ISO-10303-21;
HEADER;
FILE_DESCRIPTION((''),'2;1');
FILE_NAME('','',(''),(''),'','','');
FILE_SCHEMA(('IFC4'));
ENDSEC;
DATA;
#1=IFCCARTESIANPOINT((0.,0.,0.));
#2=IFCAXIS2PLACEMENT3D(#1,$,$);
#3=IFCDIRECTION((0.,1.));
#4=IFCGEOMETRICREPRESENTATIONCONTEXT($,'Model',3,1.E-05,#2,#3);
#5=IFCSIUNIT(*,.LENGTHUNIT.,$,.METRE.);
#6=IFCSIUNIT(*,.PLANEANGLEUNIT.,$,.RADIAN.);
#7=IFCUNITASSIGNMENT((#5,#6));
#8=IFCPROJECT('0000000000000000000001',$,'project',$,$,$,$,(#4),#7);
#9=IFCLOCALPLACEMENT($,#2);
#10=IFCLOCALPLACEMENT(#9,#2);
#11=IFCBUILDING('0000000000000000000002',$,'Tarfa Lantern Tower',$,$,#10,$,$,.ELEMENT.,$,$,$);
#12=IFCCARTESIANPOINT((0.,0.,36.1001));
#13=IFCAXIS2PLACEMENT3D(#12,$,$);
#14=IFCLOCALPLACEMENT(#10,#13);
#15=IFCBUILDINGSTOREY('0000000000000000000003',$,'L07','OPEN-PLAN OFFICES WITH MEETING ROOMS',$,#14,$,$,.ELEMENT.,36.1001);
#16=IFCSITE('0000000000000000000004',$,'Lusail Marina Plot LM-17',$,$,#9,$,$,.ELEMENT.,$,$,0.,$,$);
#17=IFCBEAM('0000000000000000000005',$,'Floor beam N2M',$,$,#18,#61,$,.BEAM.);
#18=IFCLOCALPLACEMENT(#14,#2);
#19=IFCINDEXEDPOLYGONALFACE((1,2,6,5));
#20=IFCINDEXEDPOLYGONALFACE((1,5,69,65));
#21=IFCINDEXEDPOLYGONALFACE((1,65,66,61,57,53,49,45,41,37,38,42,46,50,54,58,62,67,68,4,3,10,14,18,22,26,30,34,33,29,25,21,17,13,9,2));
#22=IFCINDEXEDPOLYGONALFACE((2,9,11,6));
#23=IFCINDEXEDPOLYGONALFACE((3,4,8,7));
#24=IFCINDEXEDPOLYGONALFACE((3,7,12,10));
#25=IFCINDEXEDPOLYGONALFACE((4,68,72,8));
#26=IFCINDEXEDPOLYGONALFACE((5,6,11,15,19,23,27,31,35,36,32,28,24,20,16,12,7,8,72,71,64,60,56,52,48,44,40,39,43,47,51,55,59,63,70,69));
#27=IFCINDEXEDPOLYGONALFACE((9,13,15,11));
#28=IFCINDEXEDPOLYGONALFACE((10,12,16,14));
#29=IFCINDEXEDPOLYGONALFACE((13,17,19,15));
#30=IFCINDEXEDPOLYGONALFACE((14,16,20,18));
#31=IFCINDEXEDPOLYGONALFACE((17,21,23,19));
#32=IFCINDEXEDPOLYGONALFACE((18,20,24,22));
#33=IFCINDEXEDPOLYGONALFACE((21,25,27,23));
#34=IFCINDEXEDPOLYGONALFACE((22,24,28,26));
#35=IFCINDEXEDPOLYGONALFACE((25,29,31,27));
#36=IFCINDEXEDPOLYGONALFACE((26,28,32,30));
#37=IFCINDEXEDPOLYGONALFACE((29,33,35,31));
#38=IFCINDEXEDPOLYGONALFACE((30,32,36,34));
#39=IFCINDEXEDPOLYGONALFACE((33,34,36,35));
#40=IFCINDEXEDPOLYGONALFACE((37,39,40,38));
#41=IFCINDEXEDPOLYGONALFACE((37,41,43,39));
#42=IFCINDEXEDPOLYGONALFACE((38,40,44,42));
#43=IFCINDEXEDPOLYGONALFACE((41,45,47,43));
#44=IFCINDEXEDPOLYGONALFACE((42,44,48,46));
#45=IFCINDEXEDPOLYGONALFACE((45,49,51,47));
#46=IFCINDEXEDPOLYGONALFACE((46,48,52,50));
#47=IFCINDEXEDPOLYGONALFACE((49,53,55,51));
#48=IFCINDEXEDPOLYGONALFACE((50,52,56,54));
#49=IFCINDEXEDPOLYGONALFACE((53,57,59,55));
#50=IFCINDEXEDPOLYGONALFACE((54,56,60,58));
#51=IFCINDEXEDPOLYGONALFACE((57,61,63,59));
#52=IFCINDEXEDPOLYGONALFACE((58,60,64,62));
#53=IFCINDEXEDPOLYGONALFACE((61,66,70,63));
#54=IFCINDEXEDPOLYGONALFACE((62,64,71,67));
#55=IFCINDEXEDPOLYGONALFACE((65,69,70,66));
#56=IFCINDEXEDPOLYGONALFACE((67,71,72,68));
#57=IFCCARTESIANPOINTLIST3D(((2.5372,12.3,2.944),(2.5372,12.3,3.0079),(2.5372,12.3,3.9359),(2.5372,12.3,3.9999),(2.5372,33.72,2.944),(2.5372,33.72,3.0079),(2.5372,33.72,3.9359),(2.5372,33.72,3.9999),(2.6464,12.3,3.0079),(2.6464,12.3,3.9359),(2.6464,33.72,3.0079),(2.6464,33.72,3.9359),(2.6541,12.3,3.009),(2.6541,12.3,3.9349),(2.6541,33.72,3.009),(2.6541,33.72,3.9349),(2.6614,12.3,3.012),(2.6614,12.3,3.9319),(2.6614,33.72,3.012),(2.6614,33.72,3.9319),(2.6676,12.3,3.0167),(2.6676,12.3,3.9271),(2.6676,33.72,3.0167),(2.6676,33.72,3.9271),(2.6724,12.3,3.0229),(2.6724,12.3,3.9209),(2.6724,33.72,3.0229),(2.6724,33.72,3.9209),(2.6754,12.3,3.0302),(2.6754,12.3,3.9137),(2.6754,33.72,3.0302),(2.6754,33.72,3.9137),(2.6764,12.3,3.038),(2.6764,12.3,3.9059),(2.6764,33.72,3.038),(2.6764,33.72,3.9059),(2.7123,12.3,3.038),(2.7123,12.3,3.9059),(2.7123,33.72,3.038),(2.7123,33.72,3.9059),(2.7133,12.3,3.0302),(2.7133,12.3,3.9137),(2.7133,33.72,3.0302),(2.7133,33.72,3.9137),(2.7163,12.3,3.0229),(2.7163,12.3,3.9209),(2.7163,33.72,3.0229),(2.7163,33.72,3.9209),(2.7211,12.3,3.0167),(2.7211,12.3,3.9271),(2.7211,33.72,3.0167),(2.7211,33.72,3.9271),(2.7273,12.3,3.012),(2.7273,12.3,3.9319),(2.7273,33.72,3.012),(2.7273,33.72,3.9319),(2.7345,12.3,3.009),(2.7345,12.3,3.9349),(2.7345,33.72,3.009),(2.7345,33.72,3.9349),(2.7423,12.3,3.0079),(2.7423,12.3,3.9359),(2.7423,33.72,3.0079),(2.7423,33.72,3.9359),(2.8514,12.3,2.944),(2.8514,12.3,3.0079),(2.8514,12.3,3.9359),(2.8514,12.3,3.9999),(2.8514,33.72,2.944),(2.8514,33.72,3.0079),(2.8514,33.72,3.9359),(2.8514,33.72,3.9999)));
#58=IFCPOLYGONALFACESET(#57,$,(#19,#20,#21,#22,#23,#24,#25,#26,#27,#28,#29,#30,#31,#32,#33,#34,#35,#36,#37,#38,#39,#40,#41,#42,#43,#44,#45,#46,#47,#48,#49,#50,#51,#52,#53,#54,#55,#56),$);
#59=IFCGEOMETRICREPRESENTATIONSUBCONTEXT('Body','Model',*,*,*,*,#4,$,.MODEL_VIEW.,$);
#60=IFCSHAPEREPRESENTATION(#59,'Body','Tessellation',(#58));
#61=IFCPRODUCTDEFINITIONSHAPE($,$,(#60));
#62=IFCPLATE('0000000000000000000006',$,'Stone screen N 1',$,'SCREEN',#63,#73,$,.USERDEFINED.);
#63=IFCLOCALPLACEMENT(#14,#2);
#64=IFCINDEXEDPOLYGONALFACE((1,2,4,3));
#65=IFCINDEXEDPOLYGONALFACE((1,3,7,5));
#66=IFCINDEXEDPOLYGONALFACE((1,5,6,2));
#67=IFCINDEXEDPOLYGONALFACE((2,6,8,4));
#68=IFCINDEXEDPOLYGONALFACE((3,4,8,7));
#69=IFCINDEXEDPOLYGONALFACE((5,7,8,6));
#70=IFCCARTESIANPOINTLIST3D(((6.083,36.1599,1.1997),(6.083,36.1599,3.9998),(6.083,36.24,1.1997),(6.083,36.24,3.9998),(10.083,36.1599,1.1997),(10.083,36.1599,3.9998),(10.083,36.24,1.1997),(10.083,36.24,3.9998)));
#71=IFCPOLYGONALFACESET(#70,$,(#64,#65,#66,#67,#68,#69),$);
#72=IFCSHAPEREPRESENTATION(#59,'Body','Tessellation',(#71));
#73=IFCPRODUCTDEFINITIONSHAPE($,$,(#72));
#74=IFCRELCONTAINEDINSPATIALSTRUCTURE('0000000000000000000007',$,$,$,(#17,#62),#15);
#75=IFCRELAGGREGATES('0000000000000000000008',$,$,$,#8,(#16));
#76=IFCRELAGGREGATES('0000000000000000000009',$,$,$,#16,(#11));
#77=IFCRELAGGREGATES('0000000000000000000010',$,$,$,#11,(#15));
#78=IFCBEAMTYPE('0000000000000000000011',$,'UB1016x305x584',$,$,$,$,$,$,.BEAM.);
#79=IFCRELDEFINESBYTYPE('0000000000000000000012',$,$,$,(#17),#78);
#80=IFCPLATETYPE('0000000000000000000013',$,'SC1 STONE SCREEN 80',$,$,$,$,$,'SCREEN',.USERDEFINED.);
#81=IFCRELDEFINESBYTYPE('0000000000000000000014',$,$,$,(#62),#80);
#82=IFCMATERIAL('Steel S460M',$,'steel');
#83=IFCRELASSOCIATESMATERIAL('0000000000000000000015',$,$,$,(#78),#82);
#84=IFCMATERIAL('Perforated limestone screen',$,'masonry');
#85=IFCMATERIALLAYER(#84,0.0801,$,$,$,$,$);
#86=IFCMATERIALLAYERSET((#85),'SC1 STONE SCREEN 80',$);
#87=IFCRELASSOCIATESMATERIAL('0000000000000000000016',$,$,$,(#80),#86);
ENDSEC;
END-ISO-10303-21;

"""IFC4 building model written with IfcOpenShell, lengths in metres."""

from ifc_helpers import new_model, si_unit, direction, frame, origin, origin_2d, place, context, subcontext, project, spatial, rectangle, i_section, extrude, material, layer, layer_set, material_profile, profile_set, type_object, element, save


model = new_model("IFC4")

# Units and contexts
model_context = context("Model", 3, precision=1e-05, world=origin(), true_north=direction((0.0, 1.0)))
body_context = subcontext(model_context, "Body", "Model", "MODEL_VIEW")
ifc_project = project(units=[si_unit("LENGTHUNIT", "METRE"), si_unit("PLANEANGLEUNIT", "RADIAN")], contexts=[model_context])

# Site, building, storey
site_placement = place(None, origin())
site = spatial("IfcSite", under=ifc_project, at=site_placement, Name="Lusail Marina Plot LM-17", CompositionType="ELEMENT", RefElevation=0.0)
building_placement = place(site_placement, origin())
building = spatial("IfcBuilding", under=site, at=building_placement, Name="Tarfa Lantern Tower", CompositionType="ELEMENT")
storey_placement = place(building_placement, frame((0.0, 0.0, 36.1001)))
storey = spatial("IfcBuildingStorey", under=building, at=storey_placement, Name="L07", Description="OPEN-PLAN OFFICES WITH MEETING ROOMS", CompositionType="ELEMENT", Elevation=36.1001)

# Beam
ifc_material_1 = material(Name="Steel S460M", Category="steel")
ifc_material_profile_1 = material_profile(ifc_material_1, i_section(OverallWidth=0.3142, OverallDepth=1.0559, WebThickness=0.0359, FlangeThickness=0.064, FilletRadius=0.03, at=origin_2d()), Name="UB1016x305x584")
ifc_profile_set_1 = profile_set([ifc_material_profile_1], Name="Steel S460M")
beam_type_1 = type_object("IfcBeamType", Name="UB1016x305x584", PredefinedType="BEAM", material=ifc_profile_set_1)
for number, where, z_axis, x_axis, name in (
    (1, (2.6943, 33.72, 3.4719), (0.0, -1.0, 0.0), (1.0, 0.0, 0.0), "Floor beam N2M"),
):
    element("IfcBeam", number, at=place(storey_placement, frame(where, z_axis=z_axis, x_axis=x_axis)), inside=storey, type_object=beam_type_1, Name=name, PredefinedType="BEAM", context=body_context, shape_type="SweptSolid", body=[
        extrude(i_section(OverallWidth=0.3142, OverallDepth=1.0559, WebThickness=0.0359, FlangeThickness=0.064, FilletRadius=0.03, at=origin_2d()), origin(), (0.0, 0.0, 1.0), 21.4199),
    ])

# Plate
ifc_material_2 = material(Name="Perforated limestone screen", Category="masonry")
ifc_layer_1 = layer(ifc_material_2, 0.0801)
ifc_layer_set_1 = layer_set([ifc_layer_1], Name="SC1 STONE SCREEN 80")
plate_type = type_object("IfcPlateType", Name="SC1 STONE SCREEN 80", ElementType="SCREEN", PredefinedType="USERDEFINED", material=ifc_layer_set_1)
plate_placement = place(storey_placement, frame((8.083, 36.2, 1.1997), z_axis=(0.0, 0.0, 1.0), x_axis=(-1.0, 0.0, 0.0)))
element("IfcPlate", 2, at=plate_placement, inside=storey, type_object=plate_type, Name="Stone screen N 1", ObjectType="SCREEN", PredefinedType="USERDEFINED", context=body_context, shape_type="SweptSolid", body=[
    extrude(rectangle(XDim=4.0, YDim=0.0801, at=origin_2d()), origin(), (0.0, 0.0, 1.0), 2.8),
])

save(model, "model.ifc")
